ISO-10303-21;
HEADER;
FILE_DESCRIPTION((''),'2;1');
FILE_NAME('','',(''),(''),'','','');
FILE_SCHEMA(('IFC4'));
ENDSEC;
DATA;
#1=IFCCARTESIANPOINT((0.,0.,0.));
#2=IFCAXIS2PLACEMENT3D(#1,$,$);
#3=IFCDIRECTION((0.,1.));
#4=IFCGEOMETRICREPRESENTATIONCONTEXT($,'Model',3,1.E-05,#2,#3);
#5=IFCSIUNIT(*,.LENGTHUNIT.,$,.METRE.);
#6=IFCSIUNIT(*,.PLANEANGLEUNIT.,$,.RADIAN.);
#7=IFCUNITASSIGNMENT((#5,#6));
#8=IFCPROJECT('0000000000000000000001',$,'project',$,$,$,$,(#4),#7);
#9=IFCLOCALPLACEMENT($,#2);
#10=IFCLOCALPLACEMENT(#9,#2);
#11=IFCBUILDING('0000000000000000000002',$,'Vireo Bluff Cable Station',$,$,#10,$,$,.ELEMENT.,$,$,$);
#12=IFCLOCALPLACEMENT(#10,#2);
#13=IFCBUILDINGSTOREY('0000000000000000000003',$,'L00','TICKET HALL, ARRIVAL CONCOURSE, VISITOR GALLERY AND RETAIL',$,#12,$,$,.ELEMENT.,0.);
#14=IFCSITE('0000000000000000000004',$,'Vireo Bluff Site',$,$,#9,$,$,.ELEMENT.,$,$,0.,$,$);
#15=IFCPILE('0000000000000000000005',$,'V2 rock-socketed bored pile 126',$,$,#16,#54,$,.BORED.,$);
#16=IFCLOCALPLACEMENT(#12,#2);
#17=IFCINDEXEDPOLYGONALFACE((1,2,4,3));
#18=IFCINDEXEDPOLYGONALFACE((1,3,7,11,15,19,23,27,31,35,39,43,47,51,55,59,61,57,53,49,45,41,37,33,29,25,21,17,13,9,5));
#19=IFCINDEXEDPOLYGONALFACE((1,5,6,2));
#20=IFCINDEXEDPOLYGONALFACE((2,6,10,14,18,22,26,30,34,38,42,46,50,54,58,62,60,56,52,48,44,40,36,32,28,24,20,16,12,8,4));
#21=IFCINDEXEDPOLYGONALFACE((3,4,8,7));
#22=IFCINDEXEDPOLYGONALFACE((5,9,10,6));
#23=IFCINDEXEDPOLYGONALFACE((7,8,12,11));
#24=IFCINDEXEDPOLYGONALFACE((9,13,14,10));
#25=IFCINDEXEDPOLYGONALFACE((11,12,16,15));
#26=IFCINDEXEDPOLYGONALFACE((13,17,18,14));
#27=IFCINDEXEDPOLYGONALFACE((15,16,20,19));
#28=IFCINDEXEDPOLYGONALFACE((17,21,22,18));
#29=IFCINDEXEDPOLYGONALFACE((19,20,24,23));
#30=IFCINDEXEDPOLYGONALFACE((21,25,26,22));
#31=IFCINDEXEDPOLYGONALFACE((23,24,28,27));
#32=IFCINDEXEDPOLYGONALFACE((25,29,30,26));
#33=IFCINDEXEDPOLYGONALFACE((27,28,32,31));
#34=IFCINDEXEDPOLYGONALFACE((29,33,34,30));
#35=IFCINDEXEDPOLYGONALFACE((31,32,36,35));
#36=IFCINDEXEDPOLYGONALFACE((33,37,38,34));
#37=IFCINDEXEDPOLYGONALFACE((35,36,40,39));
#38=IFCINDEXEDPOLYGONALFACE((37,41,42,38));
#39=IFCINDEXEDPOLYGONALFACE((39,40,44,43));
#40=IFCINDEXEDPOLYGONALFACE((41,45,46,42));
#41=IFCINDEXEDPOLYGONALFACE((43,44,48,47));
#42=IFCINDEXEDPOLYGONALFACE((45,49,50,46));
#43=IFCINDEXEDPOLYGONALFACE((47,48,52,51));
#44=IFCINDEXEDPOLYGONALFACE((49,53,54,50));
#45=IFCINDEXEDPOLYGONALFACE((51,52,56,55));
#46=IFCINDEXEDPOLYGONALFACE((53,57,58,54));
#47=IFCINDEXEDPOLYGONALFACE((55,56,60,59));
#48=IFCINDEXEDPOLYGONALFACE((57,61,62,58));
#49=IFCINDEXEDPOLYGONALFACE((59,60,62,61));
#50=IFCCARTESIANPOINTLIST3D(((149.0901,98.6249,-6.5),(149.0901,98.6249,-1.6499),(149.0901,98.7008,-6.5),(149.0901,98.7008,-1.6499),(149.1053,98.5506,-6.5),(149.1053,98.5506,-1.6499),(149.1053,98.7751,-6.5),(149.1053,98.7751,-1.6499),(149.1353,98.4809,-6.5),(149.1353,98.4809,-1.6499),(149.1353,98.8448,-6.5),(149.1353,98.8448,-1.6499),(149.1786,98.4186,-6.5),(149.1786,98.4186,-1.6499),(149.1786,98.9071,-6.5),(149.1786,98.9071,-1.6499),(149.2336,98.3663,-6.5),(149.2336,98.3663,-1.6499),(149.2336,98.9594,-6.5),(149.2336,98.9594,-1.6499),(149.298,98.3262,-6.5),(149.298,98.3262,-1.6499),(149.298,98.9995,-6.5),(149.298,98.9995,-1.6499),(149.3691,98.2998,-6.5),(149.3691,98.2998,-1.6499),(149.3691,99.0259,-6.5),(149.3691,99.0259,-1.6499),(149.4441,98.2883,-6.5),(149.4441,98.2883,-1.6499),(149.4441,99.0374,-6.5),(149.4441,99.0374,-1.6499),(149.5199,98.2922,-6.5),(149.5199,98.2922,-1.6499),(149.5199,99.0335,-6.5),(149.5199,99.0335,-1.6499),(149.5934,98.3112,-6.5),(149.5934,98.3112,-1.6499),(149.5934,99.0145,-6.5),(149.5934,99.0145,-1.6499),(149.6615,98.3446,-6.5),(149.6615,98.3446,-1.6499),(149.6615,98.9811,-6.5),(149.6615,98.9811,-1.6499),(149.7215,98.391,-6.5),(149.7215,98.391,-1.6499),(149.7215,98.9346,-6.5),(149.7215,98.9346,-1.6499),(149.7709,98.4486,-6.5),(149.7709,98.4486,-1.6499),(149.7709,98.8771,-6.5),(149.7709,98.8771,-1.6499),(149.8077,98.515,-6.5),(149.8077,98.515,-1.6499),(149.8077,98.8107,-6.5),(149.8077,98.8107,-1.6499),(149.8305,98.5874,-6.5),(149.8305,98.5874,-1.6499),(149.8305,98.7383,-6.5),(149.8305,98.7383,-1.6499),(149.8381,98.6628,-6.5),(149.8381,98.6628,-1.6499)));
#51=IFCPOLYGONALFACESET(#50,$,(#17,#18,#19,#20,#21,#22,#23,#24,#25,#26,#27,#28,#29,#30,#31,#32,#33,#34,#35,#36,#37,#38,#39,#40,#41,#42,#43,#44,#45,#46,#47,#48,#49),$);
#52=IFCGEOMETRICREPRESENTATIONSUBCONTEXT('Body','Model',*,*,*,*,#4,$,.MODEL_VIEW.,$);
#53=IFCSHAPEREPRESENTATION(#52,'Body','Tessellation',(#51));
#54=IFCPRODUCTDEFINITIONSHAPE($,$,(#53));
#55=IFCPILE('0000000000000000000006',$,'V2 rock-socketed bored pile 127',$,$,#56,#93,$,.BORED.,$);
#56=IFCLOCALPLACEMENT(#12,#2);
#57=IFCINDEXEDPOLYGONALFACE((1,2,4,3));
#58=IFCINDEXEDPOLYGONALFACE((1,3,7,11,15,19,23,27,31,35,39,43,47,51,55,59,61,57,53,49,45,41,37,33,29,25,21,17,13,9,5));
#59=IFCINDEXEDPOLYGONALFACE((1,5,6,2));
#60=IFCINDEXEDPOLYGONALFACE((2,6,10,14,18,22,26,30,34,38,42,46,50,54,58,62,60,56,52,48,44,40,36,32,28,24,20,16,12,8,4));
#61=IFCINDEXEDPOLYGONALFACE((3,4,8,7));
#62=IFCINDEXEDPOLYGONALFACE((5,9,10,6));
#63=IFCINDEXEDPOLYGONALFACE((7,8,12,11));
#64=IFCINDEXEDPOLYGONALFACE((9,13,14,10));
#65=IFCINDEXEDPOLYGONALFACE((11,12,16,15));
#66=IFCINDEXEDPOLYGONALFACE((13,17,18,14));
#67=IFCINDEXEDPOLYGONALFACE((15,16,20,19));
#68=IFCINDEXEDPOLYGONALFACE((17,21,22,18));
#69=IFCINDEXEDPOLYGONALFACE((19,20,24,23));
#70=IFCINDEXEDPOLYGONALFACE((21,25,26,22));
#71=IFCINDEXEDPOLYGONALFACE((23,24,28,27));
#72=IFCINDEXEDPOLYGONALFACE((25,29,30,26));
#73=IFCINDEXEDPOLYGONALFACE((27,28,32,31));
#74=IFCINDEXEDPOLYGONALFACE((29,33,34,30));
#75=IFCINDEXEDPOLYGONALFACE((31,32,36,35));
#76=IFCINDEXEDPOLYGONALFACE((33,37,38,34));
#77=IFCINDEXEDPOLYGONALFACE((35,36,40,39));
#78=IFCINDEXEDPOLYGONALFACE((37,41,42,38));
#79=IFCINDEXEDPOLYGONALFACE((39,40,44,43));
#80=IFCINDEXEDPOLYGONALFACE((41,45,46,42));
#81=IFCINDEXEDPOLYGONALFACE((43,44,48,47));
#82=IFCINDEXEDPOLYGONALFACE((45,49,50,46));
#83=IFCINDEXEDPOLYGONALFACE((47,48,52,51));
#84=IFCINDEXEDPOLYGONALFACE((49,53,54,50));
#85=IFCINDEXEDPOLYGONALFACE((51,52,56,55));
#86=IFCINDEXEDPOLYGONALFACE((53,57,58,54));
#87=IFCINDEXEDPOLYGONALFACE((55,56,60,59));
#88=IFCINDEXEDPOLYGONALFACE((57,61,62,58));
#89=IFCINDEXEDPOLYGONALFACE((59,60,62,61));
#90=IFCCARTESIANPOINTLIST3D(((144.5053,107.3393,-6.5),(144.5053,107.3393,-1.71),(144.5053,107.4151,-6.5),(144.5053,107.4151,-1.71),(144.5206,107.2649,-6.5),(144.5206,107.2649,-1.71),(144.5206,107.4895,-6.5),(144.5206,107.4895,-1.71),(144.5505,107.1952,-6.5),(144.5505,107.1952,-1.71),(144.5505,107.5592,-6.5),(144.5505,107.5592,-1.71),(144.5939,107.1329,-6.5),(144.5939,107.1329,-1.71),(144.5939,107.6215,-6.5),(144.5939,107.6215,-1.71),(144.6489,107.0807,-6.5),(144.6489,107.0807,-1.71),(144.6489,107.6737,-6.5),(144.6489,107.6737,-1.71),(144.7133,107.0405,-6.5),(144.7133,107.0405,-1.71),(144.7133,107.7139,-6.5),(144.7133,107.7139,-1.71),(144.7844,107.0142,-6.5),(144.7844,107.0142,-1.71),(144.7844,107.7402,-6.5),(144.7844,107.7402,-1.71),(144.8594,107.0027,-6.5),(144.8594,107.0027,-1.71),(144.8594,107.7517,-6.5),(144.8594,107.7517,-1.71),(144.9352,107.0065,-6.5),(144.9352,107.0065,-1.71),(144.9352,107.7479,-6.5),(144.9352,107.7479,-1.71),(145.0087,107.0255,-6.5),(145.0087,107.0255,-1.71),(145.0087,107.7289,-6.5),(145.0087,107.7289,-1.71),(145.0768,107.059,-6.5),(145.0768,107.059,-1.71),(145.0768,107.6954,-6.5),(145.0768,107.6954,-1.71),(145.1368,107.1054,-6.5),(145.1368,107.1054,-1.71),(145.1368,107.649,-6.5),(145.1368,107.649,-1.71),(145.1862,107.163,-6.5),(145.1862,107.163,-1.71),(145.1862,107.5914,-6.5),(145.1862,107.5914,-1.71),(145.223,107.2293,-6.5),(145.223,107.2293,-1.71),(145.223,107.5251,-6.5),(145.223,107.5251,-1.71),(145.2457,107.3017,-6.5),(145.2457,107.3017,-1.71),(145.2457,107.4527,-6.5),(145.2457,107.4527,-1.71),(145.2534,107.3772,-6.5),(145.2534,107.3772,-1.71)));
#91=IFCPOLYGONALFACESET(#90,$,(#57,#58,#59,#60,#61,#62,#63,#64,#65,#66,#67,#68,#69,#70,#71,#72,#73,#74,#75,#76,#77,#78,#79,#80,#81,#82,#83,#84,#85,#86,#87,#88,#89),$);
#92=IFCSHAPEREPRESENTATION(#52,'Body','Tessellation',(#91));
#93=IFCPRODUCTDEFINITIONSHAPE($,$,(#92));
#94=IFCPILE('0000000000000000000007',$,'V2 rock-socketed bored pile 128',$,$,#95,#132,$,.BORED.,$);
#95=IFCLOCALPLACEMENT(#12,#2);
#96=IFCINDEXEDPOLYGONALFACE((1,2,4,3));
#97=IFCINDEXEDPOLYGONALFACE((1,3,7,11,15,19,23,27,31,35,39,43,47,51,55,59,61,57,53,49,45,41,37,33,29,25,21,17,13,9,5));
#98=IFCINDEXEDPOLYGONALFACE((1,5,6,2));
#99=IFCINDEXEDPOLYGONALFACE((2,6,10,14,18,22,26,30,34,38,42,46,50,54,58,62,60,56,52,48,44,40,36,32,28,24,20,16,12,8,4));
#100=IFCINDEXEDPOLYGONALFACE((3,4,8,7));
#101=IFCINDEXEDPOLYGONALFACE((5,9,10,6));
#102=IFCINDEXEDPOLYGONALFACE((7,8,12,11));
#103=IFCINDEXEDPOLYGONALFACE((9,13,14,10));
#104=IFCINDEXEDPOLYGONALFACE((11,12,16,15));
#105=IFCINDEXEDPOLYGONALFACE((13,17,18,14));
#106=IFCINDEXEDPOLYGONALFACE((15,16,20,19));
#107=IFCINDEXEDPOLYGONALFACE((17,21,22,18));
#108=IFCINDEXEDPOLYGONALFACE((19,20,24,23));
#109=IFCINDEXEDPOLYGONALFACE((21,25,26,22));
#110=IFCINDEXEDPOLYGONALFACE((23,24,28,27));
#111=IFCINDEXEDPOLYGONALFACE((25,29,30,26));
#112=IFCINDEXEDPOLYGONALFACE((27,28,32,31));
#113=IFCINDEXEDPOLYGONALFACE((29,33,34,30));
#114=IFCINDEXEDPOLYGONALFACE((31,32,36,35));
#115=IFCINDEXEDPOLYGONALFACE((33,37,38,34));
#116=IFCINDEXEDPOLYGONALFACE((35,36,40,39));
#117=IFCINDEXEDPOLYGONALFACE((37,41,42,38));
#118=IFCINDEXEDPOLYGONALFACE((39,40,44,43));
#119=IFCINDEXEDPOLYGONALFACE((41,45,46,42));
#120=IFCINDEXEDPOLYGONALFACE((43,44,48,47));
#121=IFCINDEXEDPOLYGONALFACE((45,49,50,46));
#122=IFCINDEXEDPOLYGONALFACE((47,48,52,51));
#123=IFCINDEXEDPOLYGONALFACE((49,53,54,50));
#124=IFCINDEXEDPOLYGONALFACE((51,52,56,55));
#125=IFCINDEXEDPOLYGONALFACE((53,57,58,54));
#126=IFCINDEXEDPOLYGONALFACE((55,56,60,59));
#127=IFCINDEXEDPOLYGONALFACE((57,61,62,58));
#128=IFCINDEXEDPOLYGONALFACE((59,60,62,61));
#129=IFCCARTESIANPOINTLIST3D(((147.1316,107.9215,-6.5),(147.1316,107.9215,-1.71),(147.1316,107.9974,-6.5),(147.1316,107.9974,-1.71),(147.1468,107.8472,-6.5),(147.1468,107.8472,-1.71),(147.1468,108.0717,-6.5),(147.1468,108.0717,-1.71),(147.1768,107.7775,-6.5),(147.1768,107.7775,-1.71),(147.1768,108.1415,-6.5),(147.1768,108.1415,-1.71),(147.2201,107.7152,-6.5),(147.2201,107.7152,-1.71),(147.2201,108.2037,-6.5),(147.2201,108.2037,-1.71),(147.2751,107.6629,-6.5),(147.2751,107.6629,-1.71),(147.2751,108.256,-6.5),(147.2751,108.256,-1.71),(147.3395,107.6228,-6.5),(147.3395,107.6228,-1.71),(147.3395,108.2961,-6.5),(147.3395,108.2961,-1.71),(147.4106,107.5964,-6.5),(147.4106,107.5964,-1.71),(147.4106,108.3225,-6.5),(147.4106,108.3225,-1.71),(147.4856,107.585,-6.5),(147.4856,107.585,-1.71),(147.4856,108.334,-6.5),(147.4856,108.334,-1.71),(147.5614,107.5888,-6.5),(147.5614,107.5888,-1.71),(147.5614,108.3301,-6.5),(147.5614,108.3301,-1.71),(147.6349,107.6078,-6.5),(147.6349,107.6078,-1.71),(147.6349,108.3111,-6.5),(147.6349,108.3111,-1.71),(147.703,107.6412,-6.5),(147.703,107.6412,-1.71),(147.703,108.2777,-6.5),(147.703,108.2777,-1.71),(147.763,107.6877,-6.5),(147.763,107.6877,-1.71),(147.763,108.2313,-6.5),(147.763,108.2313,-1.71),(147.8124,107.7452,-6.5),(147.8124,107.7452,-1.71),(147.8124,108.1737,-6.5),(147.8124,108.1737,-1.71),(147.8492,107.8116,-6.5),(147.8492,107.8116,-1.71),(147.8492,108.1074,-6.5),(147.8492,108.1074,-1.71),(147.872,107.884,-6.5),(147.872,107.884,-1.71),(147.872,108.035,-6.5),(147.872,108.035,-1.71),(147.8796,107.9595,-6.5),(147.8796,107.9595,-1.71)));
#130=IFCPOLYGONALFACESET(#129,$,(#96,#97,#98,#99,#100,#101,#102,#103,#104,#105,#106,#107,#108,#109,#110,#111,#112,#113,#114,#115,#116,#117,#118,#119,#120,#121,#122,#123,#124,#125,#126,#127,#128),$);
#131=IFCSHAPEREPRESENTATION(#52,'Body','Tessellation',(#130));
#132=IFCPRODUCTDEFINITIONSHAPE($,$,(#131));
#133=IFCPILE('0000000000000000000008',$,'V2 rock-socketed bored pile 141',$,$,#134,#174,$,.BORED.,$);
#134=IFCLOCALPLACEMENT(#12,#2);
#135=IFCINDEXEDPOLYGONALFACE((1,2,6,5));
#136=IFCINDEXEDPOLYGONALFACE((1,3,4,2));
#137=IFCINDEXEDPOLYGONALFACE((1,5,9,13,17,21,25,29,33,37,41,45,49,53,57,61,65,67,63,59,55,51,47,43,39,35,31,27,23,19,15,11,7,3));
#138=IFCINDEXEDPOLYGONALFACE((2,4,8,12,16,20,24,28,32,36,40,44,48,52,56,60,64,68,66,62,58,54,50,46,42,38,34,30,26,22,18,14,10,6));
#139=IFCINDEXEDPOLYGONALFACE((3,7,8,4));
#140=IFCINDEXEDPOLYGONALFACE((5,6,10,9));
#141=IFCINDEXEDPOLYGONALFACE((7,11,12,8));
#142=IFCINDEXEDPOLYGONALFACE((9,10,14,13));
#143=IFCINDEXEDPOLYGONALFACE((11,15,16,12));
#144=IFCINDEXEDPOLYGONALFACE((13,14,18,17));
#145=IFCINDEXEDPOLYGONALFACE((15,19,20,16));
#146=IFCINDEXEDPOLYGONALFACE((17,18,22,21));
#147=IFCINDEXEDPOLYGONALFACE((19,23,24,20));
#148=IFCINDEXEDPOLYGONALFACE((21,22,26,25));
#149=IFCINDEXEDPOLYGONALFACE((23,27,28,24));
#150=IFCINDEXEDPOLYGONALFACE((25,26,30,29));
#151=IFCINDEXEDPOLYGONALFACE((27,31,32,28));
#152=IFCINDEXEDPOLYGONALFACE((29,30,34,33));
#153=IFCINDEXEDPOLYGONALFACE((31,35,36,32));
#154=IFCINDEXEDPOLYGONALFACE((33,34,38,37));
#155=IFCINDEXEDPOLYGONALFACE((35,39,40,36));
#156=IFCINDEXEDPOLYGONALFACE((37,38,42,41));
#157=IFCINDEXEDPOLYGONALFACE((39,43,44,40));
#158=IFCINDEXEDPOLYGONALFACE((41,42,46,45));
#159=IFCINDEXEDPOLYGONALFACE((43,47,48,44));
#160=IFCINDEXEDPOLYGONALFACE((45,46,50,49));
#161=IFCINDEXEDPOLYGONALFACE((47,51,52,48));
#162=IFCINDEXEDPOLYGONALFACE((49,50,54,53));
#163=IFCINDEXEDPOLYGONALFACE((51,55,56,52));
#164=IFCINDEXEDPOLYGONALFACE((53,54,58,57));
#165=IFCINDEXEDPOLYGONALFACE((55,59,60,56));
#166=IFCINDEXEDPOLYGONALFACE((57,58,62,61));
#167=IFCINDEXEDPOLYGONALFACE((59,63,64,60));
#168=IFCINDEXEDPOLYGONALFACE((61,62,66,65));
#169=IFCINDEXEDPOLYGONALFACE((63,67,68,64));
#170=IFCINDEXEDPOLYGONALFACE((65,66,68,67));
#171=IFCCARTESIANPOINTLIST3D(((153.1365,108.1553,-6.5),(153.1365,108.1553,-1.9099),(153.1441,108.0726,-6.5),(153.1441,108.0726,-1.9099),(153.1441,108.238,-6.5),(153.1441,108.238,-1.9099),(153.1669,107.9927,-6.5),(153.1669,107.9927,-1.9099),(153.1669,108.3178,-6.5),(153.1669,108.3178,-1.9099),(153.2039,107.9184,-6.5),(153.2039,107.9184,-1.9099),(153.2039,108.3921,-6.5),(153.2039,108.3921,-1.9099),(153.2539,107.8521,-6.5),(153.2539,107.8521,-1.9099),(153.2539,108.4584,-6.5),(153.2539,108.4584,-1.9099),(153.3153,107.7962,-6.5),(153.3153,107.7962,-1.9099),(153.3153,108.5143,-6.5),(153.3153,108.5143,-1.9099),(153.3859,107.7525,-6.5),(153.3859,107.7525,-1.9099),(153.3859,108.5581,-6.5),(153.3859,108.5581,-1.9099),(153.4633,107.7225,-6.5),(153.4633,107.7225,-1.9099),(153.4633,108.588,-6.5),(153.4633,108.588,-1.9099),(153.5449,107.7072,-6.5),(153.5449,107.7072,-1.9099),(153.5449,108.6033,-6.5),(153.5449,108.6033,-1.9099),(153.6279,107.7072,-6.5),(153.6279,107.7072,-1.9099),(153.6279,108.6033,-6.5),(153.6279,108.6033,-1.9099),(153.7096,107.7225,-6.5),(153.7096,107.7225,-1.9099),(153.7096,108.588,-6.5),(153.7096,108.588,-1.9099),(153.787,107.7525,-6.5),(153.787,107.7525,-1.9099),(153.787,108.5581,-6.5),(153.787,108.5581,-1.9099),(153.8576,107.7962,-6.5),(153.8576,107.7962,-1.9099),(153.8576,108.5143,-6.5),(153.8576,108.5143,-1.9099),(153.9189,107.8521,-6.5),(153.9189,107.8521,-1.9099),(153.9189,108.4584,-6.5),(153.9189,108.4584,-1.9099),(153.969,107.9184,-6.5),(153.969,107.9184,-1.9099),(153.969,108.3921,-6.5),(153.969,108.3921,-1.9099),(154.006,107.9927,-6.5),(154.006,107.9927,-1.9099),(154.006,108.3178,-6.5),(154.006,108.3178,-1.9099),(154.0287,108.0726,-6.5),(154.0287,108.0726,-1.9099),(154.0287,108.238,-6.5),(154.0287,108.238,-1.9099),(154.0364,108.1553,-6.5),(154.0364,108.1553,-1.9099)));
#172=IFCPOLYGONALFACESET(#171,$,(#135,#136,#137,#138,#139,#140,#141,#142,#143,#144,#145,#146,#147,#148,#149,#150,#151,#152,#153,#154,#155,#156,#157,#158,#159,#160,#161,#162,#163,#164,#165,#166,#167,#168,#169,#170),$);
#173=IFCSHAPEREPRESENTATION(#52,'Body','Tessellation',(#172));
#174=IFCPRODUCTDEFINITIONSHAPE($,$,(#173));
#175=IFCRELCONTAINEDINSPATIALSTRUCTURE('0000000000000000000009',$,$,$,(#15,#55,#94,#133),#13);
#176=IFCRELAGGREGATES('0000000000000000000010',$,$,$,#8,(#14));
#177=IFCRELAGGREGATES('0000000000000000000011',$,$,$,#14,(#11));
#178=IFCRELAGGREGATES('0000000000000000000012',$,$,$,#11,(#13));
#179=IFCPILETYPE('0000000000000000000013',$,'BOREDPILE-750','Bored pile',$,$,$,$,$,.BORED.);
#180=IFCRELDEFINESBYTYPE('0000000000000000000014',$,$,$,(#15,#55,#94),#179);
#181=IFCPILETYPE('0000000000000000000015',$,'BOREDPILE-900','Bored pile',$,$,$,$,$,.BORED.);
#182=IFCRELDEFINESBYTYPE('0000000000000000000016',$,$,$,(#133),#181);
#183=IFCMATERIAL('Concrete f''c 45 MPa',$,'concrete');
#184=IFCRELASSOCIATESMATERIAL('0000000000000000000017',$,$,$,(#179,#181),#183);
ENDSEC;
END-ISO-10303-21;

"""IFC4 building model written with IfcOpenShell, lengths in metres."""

from ifc_helpers import new_model, si_unit, direction, frame, origin, origin_2d, place, context, subcontext, project, spatial, circle, extrude, material, material_profile, profile_set, type_object, element, save


model = new_model("IFC4")

# Units and contexts
model_context = context("Model", 3, precision=1e-05, world=origin(), true_north=direction((0.0, 1.0)))
body_context = subcontext(model_context, "Body", "Model", "MODEL_VIEW")
ifc_project = project(units=[si_unit("LENGTHUNIT", "METRE"), si_unit("PLANEANGLEUNIT", "RADIAN")], contexts=[model_context])

# Site, building, storey
site_placement = place(None, origin())
site = spatial("IfcSite", under=ifc_project, at=site_placement, Name="Vireo Bluff Site", CompositionType="ELEMENT", RefElevation=0.0)
building_placement = place(site_placement, origin())
building = spatial("IfcBuilding", under=site, at=building_placement, Name="Vireo Bluff Cable Station", CompositionType="ELEMENT")
storey_placement = place(building_placement, origin())
storey = spatial("IfcBuildingStorey", under=building, at=storey_placement, Name="L00", Description="TICKET HALL, ARRIVAL CONCOURSE, VISITOR GALLERY AND RETAIL", CompositionType="ELEMENT", Elevation=0.0)

# Piles
ifc_material_1 = material(Name="Concrete f'c 45 MPa", Category="concrete")
ifc_material_profile_1 = material_profile(ifc_material_1, circle(Radius=0.375, at=origin_2d()), Name="BOREDPILE-750")
ifc_profile_set_1 = profile_set([ifc_material_profile_1], Name="Concrete f'c 45 MPa")
pile_type_1 = type_object("IfcPileType", Name="BOREDPILE-750", Description="Bored pile", PredefinedType="BORED", material=ifc_profile_set_1)
pile_placement = place(storey_placement, frame((149.4631, 98.6628, -1.6499), z_axis=(0.0, 0.0, -1.0), x_axis=(1.0, 0.0, 0.0)))
element("IfcPile", 1, at=pile_placement, inside=storey, type_object=pile_type_1, Name="V2 rock-socketed bored pile 126", PredefinedType="BORED", context=body_context, shape_type="SweptSolid", body=[
    extrude(circle(Radius=0.375, at=origin_2d()), origin(), (0.0, 0.0, 1.0), 4.8501),
])
for number, where, z_axis, x_axis, name in (
    (2, (144.8784, 107.3772, -1.71), (0.0, 0.0, -1.0), (1.0, 0.0, 0.0), "V2 rock-socketed bored pile 127"),
    (3, (147.5046, 107.9595, -1.71), (0.0, 0.0, -1.0), (1.0, 0.0, 0.0), "V2 rock-socketed bored pile 128"),
):
    element("IfcPile", number, at=place(storey_placement, frame(where, z_axis=z_axis, x_axis=x_axis)), inside=storey, type_object=pile_type_1, Name=name, PredefinedType="BORED", context=body_context, shape_type="SweptSolid", body=[
        extrude(circle(Radius=0.375, at=origin_2d()), origin(), (0.0, 0.0, 1.0), 4.79),
    ])
ifc_material_profile_2 = material_profile(ifc_material_1, circle(Radius=0.45, at=origin_2d()), Name="BOREDPILE-900")
ifc_profile_set_2 = profile_set([ifc_material_profile_2], Name="Concrete f'c 45 MPa")
pile_type_2 = type_object("IfcPileType", Name="BOREDPILE-900", Description="Bored pile", PredefinedType="BORED", material=ifc_profile_set_2)
for number, where, z_axis, x_axis, name in (
    (4, (153.5864, 108.1553, -1.9099), (0.0, 0.0, -1.0), (1.0, 0.0, 0.0), "V2 rock-socketed bored pile 141"),
):
    element("IfcPile", number, at=place(storey_placement, frame(where, z_axis=z_axis, x_axis=x_axis)), inside=storey, type_object=pile_type_2, Name=name, PredefinedType="BORED", context=body_context, shape_type="SweptSolid", body=[
        extrude(circle(Radius=0.45, at=origin_2d()), origin(), (0.0, 0.0, 1.0), 4.5901),
    ])

save(model, "model.ifc")
